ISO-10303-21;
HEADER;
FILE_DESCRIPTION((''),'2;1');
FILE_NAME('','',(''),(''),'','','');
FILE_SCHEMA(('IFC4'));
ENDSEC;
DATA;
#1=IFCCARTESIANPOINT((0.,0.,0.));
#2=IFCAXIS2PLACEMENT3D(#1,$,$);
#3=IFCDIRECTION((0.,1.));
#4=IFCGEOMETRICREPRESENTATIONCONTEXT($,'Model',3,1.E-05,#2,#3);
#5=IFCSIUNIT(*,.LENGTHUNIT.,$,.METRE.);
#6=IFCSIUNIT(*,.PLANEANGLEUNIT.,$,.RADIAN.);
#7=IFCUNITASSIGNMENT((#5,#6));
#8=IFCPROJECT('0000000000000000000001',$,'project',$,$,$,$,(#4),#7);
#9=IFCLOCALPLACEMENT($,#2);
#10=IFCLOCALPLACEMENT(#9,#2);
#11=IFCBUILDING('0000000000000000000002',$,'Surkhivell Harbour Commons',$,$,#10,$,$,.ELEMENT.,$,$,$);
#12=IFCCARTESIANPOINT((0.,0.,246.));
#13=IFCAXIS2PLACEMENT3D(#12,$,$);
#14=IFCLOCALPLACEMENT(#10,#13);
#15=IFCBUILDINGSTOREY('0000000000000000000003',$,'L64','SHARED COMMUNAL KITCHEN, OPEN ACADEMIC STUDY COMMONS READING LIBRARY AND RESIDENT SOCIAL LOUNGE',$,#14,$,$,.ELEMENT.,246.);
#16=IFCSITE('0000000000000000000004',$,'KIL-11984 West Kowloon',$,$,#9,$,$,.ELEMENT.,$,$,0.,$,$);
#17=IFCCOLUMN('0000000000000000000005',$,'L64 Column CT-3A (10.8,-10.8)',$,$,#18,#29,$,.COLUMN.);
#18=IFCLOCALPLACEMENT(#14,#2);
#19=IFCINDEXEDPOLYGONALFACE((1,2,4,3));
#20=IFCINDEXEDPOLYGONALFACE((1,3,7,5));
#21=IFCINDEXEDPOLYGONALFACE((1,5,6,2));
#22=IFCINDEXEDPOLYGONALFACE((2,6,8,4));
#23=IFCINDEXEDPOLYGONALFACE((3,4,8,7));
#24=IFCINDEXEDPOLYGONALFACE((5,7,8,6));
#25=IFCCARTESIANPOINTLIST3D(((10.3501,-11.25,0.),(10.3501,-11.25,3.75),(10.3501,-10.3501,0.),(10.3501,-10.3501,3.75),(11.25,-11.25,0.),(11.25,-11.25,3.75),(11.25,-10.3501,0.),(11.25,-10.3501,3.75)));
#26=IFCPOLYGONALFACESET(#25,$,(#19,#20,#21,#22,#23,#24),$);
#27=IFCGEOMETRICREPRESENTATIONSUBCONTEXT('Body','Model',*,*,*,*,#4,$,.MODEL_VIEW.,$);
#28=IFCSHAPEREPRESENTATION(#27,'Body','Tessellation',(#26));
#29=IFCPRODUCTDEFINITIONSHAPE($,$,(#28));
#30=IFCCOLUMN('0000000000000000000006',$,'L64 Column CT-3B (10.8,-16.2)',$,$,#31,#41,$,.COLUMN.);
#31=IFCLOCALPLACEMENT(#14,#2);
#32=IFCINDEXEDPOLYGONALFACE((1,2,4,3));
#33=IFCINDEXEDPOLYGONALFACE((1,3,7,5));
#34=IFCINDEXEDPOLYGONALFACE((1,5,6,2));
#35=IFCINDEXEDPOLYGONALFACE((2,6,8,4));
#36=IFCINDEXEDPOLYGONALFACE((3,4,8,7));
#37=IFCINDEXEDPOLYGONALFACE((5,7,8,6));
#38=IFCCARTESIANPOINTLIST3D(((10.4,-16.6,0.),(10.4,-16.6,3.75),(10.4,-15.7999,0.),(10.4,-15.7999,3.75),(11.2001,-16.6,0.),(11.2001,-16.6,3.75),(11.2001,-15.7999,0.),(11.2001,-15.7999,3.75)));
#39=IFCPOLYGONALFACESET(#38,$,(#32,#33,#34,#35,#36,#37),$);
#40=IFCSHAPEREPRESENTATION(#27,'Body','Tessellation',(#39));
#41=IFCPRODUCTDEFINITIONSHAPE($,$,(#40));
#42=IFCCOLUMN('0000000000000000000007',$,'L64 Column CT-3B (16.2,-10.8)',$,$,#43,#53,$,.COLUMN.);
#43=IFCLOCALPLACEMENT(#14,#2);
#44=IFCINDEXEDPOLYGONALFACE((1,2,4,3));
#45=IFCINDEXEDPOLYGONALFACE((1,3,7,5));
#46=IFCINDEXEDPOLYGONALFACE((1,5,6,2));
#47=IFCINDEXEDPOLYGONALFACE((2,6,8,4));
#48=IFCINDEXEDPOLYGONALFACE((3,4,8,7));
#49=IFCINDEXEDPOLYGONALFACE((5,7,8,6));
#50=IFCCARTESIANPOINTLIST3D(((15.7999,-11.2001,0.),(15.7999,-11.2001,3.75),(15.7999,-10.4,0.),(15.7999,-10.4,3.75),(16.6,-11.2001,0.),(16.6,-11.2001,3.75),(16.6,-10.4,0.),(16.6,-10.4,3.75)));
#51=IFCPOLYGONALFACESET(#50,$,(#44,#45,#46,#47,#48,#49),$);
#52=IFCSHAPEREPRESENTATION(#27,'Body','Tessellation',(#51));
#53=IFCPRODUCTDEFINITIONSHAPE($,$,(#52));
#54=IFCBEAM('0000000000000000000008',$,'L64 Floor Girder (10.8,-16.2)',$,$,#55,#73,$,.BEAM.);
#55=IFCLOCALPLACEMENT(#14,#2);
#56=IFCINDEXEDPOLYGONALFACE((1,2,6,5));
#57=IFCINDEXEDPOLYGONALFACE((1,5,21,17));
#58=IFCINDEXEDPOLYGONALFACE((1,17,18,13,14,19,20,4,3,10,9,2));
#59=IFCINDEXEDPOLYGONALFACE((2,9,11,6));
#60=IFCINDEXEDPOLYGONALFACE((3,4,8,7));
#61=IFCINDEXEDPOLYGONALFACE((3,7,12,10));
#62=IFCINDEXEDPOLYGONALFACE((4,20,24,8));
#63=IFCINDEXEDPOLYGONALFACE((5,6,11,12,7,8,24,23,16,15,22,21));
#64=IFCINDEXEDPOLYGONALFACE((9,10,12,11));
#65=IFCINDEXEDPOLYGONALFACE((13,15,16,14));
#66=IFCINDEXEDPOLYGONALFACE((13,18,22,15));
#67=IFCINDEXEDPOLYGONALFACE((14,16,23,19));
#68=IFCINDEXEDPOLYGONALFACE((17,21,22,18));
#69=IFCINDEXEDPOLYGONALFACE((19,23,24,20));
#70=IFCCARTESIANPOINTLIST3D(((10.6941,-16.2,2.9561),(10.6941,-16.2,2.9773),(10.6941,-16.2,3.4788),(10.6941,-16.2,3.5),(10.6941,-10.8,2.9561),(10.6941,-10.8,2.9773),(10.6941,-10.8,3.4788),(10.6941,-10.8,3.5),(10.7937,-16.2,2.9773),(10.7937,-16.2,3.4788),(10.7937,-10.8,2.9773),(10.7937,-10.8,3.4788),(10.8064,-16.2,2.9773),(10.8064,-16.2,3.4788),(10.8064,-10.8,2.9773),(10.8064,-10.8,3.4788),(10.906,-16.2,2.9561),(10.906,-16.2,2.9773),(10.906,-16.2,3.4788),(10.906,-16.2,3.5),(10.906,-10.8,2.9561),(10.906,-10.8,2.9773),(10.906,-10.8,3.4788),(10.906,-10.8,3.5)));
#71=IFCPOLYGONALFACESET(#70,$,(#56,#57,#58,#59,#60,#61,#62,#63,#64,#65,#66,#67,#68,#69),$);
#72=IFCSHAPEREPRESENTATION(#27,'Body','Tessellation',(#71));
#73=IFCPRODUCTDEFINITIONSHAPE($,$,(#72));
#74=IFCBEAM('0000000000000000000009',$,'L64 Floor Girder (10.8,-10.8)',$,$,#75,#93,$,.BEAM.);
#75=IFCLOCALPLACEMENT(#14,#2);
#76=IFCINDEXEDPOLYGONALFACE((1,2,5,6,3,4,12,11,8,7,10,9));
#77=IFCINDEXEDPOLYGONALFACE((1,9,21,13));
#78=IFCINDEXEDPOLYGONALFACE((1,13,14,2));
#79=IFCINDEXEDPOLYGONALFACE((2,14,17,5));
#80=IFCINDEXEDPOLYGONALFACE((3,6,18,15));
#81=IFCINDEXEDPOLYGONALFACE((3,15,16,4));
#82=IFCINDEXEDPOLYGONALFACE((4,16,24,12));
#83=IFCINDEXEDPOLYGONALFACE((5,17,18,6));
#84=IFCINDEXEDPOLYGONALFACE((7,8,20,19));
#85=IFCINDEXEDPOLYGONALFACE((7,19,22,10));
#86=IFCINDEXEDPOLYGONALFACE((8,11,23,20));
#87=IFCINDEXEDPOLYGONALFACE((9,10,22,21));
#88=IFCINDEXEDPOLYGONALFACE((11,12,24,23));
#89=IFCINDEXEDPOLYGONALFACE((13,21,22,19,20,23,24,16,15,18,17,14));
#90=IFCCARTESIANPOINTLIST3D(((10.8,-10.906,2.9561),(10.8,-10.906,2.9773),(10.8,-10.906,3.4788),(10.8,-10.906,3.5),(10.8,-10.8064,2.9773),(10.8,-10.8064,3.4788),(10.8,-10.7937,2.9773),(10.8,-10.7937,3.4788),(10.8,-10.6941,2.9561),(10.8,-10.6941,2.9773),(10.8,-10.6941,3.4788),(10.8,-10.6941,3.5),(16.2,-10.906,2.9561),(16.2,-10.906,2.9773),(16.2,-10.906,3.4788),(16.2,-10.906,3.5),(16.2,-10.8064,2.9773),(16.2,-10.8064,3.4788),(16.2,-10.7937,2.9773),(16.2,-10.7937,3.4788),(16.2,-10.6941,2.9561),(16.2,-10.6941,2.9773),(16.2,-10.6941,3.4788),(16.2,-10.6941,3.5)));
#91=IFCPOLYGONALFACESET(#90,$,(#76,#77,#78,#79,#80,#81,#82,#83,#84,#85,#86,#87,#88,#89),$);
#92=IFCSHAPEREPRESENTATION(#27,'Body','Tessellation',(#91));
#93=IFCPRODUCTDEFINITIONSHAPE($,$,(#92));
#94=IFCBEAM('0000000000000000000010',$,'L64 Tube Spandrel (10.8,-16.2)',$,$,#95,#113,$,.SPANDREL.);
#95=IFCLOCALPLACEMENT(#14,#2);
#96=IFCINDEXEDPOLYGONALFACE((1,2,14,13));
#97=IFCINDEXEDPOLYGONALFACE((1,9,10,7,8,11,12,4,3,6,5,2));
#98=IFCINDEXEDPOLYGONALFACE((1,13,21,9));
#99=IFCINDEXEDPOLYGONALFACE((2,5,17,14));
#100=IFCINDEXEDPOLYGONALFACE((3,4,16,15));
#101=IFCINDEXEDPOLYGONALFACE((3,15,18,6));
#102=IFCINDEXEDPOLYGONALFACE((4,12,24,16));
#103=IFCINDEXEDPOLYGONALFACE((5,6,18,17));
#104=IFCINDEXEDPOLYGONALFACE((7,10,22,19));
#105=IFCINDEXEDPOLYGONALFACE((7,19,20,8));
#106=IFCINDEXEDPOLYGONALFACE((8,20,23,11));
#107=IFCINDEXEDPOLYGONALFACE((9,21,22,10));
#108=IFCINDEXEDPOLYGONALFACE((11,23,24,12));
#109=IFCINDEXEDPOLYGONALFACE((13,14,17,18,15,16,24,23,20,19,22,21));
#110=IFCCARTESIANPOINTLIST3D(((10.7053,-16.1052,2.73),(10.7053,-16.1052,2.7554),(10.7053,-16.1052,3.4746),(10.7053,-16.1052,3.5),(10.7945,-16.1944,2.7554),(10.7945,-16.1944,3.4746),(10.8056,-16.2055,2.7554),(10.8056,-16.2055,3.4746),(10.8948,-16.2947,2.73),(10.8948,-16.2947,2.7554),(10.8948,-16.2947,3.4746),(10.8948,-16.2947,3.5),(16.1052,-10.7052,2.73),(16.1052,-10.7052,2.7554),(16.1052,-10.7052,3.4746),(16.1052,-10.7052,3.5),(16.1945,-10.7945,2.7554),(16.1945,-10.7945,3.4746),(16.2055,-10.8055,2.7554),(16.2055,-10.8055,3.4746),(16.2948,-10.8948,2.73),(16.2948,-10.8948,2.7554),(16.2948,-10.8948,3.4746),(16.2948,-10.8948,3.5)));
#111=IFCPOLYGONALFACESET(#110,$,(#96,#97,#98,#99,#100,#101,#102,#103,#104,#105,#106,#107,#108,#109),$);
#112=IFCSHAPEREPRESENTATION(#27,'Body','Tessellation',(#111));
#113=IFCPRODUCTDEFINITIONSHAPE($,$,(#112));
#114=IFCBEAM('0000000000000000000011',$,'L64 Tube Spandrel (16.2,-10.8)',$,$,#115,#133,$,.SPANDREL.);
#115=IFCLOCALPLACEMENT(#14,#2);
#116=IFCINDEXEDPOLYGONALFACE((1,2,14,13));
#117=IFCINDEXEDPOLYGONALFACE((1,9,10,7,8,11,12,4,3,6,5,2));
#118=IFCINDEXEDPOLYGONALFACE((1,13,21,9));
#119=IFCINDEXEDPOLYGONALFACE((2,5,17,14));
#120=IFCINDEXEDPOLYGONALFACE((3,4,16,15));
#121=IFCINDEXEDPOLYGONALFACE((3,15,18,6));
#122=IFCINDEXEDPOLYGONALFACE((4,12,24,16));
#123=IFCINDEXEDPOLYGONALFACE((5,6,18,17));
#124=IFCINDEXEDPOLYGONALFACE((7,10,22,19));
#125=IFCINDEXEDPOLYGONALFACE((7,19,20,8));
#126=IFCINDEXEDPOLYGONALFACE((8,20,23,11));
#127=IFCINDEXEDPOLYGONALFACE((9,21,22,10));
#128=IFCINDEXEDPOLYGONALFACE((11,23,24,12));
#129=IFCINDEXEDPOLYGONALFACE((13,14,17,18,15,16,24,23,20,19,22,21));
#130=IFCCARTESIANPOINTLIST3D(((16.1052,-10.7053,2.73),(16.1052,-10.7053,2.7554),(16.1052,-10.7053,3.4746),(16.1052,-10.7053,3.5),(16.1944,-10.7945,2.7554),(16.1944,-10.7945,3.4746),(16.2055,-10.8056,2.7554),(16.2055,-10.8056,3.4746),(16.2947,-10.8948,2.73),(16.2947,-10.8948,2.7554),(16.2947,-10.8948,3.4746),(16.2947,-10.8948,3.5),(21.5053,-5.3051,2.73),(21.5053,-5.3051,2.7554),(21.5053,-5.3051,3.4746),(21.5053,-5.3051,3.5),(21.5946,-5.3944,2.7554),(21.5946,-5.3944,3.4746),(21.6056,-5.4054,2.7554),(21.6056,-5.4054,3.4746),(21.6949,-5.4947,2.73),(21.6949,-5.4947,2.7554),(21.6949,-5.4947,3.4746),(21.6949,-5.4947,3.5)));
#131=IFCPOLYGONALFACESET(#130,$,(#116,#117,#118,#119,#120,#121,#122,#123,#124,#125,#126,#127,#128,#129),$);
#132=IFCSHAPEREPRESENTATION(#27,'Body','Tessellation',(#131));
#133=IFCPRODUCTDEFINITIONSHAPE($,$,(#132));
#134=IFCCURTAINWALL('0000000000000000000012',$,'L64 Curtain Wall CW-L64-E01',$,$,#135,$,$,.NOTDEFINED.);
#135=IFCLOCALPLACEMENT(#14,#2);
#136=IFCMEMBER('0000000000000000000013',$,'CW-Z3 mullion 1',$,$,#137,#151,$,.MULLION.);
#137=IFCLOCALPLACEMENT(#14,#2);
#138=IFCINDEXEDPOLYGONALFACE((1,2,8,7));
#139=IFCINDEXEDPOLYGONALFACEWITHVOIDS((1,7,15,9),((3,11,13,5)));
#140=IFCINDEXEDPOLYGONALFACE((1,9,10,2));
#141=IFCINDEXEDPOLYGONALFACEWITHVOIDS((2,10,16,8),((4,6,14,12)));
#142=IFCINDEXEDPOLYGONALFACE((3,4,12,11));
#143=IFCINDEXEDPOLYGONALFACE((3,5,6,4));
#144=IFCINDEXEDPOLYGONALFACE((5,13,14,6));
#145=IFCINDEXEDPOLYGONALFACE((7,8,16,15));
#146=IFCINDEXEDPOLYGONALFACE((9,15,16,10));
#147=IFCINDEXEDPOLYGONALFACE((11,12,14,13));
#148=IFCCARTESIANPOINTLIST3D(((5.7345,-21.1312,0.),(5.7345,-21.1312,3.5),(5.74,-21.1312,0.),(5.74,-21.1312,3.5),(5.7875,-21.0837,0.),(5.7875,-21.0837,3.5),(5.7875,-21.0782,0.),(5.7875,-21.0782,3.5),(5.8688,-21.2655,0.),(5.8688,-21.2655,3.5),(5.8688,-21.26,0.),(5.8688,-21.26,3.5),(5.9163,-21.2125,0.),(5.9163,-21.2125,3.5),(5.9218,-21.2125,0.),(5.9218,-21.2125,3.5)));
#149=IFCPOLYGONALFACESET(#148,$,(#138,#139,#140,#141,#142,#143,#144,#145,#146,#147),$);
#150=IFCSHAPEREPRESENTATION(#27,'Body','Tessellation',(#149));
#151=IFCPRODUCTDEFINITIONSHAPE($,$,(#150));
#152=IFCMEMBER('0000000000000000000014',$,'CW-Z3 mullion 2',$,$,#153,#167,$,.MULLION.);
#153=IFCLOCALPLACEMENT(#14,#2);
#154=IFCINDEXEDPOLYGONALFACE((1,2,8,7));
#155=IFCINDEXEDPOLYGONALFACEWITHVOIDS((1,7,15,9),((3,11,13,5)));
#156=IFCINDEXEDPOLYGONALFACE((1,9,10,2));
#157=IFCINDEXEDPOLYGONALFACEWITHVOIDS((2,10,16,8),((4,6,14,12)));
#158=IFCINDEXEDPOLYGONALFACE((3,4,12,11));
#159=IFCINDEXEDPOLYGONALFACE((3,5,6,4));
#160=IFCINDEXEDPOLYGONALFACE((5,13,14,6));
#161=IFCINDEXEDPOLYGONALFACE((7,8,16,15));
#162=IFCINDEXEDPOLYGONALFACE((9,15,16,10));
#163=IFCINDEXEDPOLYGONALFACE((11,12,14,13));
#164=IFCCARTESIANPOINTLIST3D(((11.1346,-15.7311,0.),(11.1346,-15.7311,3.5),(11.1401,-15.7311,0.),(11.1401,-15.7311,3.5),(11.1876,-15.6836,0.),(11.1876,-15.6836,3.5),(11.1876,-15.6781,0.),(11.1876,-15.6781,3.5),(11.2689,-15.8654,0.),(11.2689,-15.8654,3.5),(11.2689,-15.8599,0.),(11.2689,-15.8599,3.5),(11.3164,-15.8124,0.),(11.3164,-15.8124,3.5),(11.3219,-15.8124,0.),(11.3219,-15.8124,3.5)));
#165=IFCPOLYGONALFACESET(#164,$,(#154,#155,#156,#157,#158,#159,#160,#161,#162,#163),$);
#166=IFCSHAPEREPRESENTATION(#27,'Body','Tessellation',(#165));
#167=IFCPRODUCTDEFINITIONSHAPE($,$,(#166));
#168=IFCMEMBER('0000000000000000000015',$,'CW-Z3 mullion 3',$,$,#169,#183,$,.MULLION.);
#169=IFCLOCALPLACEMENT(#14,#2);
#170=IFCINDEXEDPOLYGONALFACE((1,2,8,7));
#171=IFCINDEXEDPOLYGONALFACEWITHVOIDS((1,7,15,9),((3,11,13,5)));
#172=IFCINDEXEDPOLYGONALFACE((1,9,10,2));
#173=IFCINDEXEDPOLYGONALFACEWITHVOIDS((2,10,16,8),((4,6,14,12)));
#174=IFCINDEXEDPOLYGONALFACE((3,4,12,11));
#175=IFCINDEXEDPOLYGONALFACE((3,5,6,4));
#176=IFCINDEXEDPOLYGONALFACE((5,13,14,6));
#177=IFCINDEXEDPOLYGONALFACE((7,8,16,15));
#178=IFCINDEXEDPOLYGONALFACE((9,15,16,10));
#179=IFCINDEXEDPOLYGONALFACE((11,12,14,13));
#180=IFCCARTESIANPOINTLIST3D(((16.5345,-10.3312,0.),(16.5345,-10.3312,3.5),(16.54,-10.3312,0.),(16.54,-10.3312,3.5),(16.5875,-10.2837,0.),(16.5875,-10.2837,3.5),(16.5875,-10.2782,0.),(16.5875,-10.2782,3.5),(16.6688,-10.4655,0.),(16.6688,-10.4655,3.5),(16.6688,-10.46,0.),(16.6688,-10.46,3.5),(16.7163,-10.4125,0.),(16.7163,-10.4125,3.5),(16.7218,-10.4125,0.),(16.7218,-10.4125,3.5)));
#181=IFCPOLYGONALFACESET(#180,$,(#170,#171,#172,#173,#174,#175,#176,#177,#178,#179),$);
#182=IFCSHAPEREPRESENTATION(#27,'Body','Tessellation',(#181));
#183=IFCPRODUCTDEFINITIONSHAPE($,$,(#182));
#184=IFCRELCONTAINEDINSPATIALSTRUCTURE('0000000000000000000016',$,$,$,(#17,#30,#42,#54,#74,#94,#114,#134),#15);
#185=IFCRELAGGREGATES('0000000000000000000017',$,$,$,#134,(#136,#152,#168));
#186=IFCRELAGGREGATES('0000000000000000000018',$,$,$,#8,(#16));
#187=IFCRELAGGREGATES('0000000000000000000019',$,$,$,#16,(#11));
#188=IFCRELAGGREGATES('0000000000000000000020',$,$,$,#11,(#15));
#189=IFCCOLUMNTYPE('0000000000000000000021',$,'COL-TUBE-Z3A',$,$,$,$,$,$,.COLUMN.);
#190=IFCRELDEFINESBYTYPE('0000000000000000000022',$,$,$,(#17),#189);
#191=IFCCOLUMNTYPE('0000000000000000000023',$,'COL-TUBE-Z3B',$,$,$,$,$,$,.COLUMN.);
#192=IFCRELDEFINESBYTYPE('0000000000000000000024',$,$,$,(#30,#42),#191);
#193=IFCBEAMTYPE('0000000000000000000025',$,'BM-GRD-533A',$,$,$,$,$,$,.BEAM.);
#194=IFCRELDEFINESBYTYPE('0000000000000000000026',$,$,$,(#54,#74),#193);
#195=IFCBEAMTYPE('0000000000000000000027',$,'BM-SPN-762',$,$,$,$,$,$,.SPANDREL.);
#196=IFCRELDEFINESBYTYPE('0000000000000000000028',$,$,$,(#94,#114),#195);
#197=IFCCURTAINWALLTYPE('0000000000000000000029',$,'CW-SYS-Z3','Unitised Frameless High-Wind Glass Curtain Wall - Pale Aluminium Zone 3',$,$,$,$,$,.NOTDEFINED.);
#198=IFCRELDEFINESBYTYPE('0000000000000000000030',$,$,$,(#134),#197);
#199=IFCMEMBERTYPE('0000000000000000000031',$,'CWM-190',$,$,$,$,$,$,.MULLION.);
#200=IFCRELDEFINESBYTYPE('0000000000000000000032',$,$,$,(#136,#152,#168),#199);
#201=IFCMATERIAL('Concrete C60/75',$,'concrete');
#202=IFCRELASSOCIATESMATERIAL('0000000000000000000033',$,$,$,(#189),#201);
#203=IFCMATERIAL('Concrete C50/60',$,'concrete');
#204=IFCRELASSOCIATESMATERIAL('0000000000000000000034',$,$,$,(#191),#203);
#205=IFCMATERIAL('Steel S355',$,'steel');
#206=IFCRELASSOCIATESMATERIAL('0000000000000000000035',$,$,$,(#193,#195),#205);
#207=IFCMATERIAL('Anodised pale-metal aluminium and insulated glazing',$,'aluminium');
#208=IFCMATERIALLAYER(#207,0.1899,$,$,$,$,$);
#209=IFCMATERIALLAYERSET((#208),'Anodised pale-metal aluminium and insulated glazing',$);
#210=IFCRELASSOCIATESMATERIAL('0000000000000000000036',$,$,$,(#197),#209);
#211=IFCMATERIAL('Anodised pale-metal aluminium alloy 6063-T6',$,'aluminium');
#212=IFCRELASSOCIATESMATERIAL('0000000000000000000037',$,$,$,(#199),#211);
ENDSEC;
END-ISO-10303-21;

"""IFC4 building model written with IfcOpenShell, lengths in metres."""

from ifc_helpers import new_model, si_unit, direction, frame, origin, origin_2d, place, context, subcontext, project, spatial, rectangle, hollow_rectangle, i_section, extrude, material, layer, layer_set, material_profile, profile_set, type_object, element, aggregate, save


model = new_model("IFC4")

# Units and contexts
model_context = context("Model", 3, precision=1e-05, world=origin(), true_north=direction((0.0, 1.0)))
body_context = subcontext(model_context, "Body", "Model", "MODEL_VIEW")
ifc_project = project(units=[si_unit("LENGTHUNIT", "METRE"), si_unit("PLANEANGLEUNIT", "RADIAN")], contexts=[model_context])

# Site, building, storey
site_placement = place(None, origin())
site = spatial("IfcSite", under=ifc_project, at=site_placement, Name="KIL-11984 West Kowloon", CompositionType="ELEMENT", RefElevation=0.0)
building_placement = place(site_placement, origin())
building = spatial("IfcBuilding", under=site, at=building_placement, Name="Surkhivell Harbour Commons", CompositionType="ELEMENT")
storey_placement = place(building_placement, frame((0.0, 0.0, 246.0)))
storey = spatial("IfcBuildingStorey", under=building, at=storey_placement, Name="L64", Description="SHARED COMMUNAL KITCHEN, OPEN ACADEMIC STUDY COMMONS READING LIBRARY AND RESIDENT SOCIAL LOUNGE", CompositionType="ELEMENT", Elevation=246.0)

# Columns
ifc_material_1 = material(Name="Concrete C60/75", Category="concrete")
ifc_material_profile_1 = material_profile(ifc_material_1, rectangle(XDim=0.8999, YDim=0.8999, at=origin_2d()), Name="RC-COL-900x900")
ifc_profile_set_1 = profile_set([ifc_material_profile_1], Name="Concrete C60/75")
column_type_1 = type_object("IfcColumnType", Name="COL-TUBE-Z3A", PredefinedType="COLUMN", material=ifc_profile_set_1)
column_placement = place(storey_placement, frame((10.8, -10.8, 0.0), z_axis=(0.0, 0.0, 1.0), x_axis=(1.0, 0.0, 0.0)))
element("IfcColumn", 1, at=column_placement, inside=storey, type_object=column_type_1, Name="L64 Column CT-3A (10.8,-10.8)", PredefinedType="COLUMN", context=body_context, shape_type="SweptSolid", body=[
    extrude(rectangle(XDim=0.8999, YDim=0.8999, at=origin_2d()), origin(), (0.0, 0.0, 1.0), 3.75),
])
ifc_material_2 = material(Name="Concrete C50/60", Category="concrete")
ifc_material_profile_2 = material_profile(ifc_material_2, rectangle(XDim=0.8, YDim=0.8, at=origin_2d()), Name="RC-COL-800x800")
ifc_profile_set_2 = profile_set([ifc_material_profile_2], Name="Concrete C50/60")
column_type_2 = type_object("IfcColumnType", Name="COL-TUBE-Z3B", PredefinedType="COLUMN", material=ifc_profile_set_2)
for number, where, z_axis, x_axis, name in (
    (2, (10.8, -16.2, 0.0), (0.0, 0.0, 1.0), (1.0, 0.0, 0.0), "L64 Column CT-3B (10.8,-16.2)"),
    (3, (16.2, -10.8, 0.0), (0.0, 0.0, 1.0), (1.0, 0.0, 0.0), "L64 Column CT-3B (16.2,-10.8)"),
):
    element("IfcColumn", number, at=place(storey_placement, frame(where, z_axis=z_axis, x_axis=x_axis)), inside=storey, type_object=column_type_2, Name=name, PredefinedType="COLUMN", context=body_context, shape_type="SweptSolid", body=[
        extrude(rectangle(XDim=0.8, YDim=0.8, at=origin_2d()), origin(), (0.0, 0.0, 1.0), 3.75),
    ])

# Beams
ifc_material_3 = material(Name="Steel S355", Category="steel")
ifc_material_profile_3 = material_profile(ifc_material_3, i_section(OverallWidth=0.2119, OverallDepth=0.5439, WebThickness=0.0127, FlangeThickness=0.0212, at=origin_2d()), Name="UB533x210x122")
ifc_profile_set_3 = profile_set([ifc_material_profile_3], Name="Steel S355")
beam_type_1 = type_object("IfcBeamType", Name="BM-GRD-533A", PredefinedType="BEAM", material=ifc_profile_set_3)
for number, where, z_axis, x_axis, name in (
    (4, (10.8, -16.2, 3.228), (0.0, 1.0, 0.0), (-1.0, 0.0, 0.0), "L64 Floor Girder (10.8,-16.2)"),
    (5, (10.8, -10.8, 3.228), (1.0, 0.0, 0.0), (0.0, 1.0, 0.0), "L64 Floor Girder (10.8,-10.8)"),
):
    element("IfcBeam", number, at=place(storey_placement, frame(where, z_axis=z_axis, x_axis=x_axis)), inside=storey, type_object=beam_type_1, Name=name, PredefinedType="BEAM", context=body_context, shape_type="SweptSolid", body=[
        extrude(i_section(OverallWidth=0.2119, OverallDepth=0.5439, WebThickness=0.0127, FlangeThickness=0.0212, at=origin_2d()), origin(), (0.0, 0.0, 1.0), 5.3999),
    ])
ifc_material_profile_4 = material_profile(ifc_material_3, i_section(OverallWidth=0.2681, OverallDepth=0.77, WebThickness=0.0156, FlangeThickness=0.0254, at=origin_2d()), Name="UB762x267x197")
ifc_profile_set_4 = profile_set([ifc_material_profile_4], Name="Steel S355")
beam_type_2 = type_object("IfcBeamType", Name="BM-SPN-762", PredefinedType="SPANDREL", material=ifc_profile_set_4)
beam_1_placement = place(storey_placement, frame((10.8, -16.2, 3.115), z_axis=(0.707107, 0.707107, 0.0), x_axis=(-0.707107, 0.707107, 0.0)))
element("IfcBeam", 6, at=beam_1_placement, inside=storey, type_object=beam_type_2, Name="L64 Tube Spandrel (10.8,-16.2)", PredefinedType="SPANDREL", context=body_context, shape_type="SweptSolid", body=[
    extrude(i_section(OverallWidth=0.2681, OverallDepth=0.77, WebThickness=0.0156, FlangeThickness=0.0254, at=origin_2d()), origin(), (0.0, 0.0, 1.0), 7.6367),
])
beam_2_placement = place(storey_placement, frame((16.2, -10.8, 3.115), z_axis=(0.707107, 0.707107, 0.0), x_axis=(-0.707107, 0.707107, 0.0)))
element("IfcBeam", 7, at=beam_2_placement, inside=storey, type_object=beam_type_2, Name="L64 Tube Spandrel (16.2,-10.8)", PredefinedType="SPANDREL", context=body_context, shape_type="SweptSolid", body=[
    extrude(i_section(OverallWidth=0.2681, OverallDepth=0.77, WebThickness=0.0156, FlangeThickness=0.0254, at=origin_2d()), origin(), (0.0, 0.0, 1.0), 7.637),
])

# Curtain wall, members
ifc_material_4 = material(Name="Anodised pale-metal aluminium and insulated glazing", Category="aluminium")
ifc_layer_1 = layer(ifc_material_4, 0.1899)
ifc_layer_set_1 = layer_set([ifc_layer_1], Name="Anodised pale-metal aluminium and insulated glazing")
curtain_wall_type = type_object("IfcCurtainWallType", Name="CW-SYS-Z3", Description="Unitised Frameless High-Wind Glass Curtain Wall - Pale Aluminium Zone 3", PredefinedType="NOTDEFINED", material=ifc_layer_set_1)
curtain_wall_placement = place(storey_placement, origin())
curtain_wall = element("IfcCurtainWall", 8, at=curtain_wall_placement, inside=storey, type_object=curtain_wall_type, Name="L64 Curtain Wall CW-L64-E01", PredefinedType="NOTDEFINED")
ifc_material_5 = material(Name="Anodised pale-metal aluminium alloy 6063-T6", Category="aluminium")
ifc_material_profile_5 = material_profile(ifc_material_5, hollow_rectangle(XDim=0.075, YDim=0.1899, WallThickness=0.0039, at=origin_2d()), Name="ALU-MULL-75x190")
ifc_profile_set_5 = profile_set([ifc_material_profile_5], Name="Anodised pale-metal aluminium alloy 6063-T6")
member_type_1 = type_object("IfcMemberType", Name="CWM-190", PredefinedType="MULLION", material=ifc_profile_set_5)
member_1_placement = place(storey_placement, frame((5.8281, -21.1719, 0.0), z_axis=(0.0, 0.0, 1.0), x_axis=(0.707107, 0.707107, 0.0)))
member_1 = element("IfcMember", 9, at=member_1_placement, type_object=member_type_1, Name="CW-Z3 mullion 1", PredefinedType="MULLION", context=body_context, shape_type="SweptSolid", body=[
    extrude(hollow_rectangle(XDim=0.075, YDim=0.1899, WallThickness=0.0039, at=origin_2d()), origin(), (0.0, 0.0, 1.0), 3.5),
])
member_2_placement = place(storey_placement, frame((11.2283, -15.7717, 0.0), z_axis=(0.0, 0.0, 1.0), x_axis=(0.707107, 0.707107, 0.0)))
member_2 = element("IfcMember", 10, at=member_2_placement, type_object=member_type_1, Name="CW-Z3 mullion 2", PredefinedType="MULLION", context=body_context, shape_type="SweptSolid", body=[
    extrude(hollow_rectangle(XDim=0.075, YDim=0.1899, WallThickness=0.0039, at=origin_2d()), origin(), (0.0, 0.0, 1.0), 3.5),
])
member_3_placement = place(storey_placement, frame((16.6282, -10.3718, 0.0), z_axis=(0.0, 0.0, 1.0), x_axis=(0.707107, 0.707107, 0.0)))
member_3 = element("IfcMember", 11, at=member_3_placement, type_object=member_type_1, Name="CW-Z3 mullion 3", PredefinedType="MULLION", context=body_context, shape_type="SweptSolid", body=[
    extrude(hollow_rectangle(XDim=0.075, YDim=0.1899, WallThickness=0.0039, at=origin_2d()), origin(), (0.0, 0.0, 1.0), 3.5),
])
aggregate(curtain_wall, [member_1, member_2, member_3])

save(model, "model.ifc")
